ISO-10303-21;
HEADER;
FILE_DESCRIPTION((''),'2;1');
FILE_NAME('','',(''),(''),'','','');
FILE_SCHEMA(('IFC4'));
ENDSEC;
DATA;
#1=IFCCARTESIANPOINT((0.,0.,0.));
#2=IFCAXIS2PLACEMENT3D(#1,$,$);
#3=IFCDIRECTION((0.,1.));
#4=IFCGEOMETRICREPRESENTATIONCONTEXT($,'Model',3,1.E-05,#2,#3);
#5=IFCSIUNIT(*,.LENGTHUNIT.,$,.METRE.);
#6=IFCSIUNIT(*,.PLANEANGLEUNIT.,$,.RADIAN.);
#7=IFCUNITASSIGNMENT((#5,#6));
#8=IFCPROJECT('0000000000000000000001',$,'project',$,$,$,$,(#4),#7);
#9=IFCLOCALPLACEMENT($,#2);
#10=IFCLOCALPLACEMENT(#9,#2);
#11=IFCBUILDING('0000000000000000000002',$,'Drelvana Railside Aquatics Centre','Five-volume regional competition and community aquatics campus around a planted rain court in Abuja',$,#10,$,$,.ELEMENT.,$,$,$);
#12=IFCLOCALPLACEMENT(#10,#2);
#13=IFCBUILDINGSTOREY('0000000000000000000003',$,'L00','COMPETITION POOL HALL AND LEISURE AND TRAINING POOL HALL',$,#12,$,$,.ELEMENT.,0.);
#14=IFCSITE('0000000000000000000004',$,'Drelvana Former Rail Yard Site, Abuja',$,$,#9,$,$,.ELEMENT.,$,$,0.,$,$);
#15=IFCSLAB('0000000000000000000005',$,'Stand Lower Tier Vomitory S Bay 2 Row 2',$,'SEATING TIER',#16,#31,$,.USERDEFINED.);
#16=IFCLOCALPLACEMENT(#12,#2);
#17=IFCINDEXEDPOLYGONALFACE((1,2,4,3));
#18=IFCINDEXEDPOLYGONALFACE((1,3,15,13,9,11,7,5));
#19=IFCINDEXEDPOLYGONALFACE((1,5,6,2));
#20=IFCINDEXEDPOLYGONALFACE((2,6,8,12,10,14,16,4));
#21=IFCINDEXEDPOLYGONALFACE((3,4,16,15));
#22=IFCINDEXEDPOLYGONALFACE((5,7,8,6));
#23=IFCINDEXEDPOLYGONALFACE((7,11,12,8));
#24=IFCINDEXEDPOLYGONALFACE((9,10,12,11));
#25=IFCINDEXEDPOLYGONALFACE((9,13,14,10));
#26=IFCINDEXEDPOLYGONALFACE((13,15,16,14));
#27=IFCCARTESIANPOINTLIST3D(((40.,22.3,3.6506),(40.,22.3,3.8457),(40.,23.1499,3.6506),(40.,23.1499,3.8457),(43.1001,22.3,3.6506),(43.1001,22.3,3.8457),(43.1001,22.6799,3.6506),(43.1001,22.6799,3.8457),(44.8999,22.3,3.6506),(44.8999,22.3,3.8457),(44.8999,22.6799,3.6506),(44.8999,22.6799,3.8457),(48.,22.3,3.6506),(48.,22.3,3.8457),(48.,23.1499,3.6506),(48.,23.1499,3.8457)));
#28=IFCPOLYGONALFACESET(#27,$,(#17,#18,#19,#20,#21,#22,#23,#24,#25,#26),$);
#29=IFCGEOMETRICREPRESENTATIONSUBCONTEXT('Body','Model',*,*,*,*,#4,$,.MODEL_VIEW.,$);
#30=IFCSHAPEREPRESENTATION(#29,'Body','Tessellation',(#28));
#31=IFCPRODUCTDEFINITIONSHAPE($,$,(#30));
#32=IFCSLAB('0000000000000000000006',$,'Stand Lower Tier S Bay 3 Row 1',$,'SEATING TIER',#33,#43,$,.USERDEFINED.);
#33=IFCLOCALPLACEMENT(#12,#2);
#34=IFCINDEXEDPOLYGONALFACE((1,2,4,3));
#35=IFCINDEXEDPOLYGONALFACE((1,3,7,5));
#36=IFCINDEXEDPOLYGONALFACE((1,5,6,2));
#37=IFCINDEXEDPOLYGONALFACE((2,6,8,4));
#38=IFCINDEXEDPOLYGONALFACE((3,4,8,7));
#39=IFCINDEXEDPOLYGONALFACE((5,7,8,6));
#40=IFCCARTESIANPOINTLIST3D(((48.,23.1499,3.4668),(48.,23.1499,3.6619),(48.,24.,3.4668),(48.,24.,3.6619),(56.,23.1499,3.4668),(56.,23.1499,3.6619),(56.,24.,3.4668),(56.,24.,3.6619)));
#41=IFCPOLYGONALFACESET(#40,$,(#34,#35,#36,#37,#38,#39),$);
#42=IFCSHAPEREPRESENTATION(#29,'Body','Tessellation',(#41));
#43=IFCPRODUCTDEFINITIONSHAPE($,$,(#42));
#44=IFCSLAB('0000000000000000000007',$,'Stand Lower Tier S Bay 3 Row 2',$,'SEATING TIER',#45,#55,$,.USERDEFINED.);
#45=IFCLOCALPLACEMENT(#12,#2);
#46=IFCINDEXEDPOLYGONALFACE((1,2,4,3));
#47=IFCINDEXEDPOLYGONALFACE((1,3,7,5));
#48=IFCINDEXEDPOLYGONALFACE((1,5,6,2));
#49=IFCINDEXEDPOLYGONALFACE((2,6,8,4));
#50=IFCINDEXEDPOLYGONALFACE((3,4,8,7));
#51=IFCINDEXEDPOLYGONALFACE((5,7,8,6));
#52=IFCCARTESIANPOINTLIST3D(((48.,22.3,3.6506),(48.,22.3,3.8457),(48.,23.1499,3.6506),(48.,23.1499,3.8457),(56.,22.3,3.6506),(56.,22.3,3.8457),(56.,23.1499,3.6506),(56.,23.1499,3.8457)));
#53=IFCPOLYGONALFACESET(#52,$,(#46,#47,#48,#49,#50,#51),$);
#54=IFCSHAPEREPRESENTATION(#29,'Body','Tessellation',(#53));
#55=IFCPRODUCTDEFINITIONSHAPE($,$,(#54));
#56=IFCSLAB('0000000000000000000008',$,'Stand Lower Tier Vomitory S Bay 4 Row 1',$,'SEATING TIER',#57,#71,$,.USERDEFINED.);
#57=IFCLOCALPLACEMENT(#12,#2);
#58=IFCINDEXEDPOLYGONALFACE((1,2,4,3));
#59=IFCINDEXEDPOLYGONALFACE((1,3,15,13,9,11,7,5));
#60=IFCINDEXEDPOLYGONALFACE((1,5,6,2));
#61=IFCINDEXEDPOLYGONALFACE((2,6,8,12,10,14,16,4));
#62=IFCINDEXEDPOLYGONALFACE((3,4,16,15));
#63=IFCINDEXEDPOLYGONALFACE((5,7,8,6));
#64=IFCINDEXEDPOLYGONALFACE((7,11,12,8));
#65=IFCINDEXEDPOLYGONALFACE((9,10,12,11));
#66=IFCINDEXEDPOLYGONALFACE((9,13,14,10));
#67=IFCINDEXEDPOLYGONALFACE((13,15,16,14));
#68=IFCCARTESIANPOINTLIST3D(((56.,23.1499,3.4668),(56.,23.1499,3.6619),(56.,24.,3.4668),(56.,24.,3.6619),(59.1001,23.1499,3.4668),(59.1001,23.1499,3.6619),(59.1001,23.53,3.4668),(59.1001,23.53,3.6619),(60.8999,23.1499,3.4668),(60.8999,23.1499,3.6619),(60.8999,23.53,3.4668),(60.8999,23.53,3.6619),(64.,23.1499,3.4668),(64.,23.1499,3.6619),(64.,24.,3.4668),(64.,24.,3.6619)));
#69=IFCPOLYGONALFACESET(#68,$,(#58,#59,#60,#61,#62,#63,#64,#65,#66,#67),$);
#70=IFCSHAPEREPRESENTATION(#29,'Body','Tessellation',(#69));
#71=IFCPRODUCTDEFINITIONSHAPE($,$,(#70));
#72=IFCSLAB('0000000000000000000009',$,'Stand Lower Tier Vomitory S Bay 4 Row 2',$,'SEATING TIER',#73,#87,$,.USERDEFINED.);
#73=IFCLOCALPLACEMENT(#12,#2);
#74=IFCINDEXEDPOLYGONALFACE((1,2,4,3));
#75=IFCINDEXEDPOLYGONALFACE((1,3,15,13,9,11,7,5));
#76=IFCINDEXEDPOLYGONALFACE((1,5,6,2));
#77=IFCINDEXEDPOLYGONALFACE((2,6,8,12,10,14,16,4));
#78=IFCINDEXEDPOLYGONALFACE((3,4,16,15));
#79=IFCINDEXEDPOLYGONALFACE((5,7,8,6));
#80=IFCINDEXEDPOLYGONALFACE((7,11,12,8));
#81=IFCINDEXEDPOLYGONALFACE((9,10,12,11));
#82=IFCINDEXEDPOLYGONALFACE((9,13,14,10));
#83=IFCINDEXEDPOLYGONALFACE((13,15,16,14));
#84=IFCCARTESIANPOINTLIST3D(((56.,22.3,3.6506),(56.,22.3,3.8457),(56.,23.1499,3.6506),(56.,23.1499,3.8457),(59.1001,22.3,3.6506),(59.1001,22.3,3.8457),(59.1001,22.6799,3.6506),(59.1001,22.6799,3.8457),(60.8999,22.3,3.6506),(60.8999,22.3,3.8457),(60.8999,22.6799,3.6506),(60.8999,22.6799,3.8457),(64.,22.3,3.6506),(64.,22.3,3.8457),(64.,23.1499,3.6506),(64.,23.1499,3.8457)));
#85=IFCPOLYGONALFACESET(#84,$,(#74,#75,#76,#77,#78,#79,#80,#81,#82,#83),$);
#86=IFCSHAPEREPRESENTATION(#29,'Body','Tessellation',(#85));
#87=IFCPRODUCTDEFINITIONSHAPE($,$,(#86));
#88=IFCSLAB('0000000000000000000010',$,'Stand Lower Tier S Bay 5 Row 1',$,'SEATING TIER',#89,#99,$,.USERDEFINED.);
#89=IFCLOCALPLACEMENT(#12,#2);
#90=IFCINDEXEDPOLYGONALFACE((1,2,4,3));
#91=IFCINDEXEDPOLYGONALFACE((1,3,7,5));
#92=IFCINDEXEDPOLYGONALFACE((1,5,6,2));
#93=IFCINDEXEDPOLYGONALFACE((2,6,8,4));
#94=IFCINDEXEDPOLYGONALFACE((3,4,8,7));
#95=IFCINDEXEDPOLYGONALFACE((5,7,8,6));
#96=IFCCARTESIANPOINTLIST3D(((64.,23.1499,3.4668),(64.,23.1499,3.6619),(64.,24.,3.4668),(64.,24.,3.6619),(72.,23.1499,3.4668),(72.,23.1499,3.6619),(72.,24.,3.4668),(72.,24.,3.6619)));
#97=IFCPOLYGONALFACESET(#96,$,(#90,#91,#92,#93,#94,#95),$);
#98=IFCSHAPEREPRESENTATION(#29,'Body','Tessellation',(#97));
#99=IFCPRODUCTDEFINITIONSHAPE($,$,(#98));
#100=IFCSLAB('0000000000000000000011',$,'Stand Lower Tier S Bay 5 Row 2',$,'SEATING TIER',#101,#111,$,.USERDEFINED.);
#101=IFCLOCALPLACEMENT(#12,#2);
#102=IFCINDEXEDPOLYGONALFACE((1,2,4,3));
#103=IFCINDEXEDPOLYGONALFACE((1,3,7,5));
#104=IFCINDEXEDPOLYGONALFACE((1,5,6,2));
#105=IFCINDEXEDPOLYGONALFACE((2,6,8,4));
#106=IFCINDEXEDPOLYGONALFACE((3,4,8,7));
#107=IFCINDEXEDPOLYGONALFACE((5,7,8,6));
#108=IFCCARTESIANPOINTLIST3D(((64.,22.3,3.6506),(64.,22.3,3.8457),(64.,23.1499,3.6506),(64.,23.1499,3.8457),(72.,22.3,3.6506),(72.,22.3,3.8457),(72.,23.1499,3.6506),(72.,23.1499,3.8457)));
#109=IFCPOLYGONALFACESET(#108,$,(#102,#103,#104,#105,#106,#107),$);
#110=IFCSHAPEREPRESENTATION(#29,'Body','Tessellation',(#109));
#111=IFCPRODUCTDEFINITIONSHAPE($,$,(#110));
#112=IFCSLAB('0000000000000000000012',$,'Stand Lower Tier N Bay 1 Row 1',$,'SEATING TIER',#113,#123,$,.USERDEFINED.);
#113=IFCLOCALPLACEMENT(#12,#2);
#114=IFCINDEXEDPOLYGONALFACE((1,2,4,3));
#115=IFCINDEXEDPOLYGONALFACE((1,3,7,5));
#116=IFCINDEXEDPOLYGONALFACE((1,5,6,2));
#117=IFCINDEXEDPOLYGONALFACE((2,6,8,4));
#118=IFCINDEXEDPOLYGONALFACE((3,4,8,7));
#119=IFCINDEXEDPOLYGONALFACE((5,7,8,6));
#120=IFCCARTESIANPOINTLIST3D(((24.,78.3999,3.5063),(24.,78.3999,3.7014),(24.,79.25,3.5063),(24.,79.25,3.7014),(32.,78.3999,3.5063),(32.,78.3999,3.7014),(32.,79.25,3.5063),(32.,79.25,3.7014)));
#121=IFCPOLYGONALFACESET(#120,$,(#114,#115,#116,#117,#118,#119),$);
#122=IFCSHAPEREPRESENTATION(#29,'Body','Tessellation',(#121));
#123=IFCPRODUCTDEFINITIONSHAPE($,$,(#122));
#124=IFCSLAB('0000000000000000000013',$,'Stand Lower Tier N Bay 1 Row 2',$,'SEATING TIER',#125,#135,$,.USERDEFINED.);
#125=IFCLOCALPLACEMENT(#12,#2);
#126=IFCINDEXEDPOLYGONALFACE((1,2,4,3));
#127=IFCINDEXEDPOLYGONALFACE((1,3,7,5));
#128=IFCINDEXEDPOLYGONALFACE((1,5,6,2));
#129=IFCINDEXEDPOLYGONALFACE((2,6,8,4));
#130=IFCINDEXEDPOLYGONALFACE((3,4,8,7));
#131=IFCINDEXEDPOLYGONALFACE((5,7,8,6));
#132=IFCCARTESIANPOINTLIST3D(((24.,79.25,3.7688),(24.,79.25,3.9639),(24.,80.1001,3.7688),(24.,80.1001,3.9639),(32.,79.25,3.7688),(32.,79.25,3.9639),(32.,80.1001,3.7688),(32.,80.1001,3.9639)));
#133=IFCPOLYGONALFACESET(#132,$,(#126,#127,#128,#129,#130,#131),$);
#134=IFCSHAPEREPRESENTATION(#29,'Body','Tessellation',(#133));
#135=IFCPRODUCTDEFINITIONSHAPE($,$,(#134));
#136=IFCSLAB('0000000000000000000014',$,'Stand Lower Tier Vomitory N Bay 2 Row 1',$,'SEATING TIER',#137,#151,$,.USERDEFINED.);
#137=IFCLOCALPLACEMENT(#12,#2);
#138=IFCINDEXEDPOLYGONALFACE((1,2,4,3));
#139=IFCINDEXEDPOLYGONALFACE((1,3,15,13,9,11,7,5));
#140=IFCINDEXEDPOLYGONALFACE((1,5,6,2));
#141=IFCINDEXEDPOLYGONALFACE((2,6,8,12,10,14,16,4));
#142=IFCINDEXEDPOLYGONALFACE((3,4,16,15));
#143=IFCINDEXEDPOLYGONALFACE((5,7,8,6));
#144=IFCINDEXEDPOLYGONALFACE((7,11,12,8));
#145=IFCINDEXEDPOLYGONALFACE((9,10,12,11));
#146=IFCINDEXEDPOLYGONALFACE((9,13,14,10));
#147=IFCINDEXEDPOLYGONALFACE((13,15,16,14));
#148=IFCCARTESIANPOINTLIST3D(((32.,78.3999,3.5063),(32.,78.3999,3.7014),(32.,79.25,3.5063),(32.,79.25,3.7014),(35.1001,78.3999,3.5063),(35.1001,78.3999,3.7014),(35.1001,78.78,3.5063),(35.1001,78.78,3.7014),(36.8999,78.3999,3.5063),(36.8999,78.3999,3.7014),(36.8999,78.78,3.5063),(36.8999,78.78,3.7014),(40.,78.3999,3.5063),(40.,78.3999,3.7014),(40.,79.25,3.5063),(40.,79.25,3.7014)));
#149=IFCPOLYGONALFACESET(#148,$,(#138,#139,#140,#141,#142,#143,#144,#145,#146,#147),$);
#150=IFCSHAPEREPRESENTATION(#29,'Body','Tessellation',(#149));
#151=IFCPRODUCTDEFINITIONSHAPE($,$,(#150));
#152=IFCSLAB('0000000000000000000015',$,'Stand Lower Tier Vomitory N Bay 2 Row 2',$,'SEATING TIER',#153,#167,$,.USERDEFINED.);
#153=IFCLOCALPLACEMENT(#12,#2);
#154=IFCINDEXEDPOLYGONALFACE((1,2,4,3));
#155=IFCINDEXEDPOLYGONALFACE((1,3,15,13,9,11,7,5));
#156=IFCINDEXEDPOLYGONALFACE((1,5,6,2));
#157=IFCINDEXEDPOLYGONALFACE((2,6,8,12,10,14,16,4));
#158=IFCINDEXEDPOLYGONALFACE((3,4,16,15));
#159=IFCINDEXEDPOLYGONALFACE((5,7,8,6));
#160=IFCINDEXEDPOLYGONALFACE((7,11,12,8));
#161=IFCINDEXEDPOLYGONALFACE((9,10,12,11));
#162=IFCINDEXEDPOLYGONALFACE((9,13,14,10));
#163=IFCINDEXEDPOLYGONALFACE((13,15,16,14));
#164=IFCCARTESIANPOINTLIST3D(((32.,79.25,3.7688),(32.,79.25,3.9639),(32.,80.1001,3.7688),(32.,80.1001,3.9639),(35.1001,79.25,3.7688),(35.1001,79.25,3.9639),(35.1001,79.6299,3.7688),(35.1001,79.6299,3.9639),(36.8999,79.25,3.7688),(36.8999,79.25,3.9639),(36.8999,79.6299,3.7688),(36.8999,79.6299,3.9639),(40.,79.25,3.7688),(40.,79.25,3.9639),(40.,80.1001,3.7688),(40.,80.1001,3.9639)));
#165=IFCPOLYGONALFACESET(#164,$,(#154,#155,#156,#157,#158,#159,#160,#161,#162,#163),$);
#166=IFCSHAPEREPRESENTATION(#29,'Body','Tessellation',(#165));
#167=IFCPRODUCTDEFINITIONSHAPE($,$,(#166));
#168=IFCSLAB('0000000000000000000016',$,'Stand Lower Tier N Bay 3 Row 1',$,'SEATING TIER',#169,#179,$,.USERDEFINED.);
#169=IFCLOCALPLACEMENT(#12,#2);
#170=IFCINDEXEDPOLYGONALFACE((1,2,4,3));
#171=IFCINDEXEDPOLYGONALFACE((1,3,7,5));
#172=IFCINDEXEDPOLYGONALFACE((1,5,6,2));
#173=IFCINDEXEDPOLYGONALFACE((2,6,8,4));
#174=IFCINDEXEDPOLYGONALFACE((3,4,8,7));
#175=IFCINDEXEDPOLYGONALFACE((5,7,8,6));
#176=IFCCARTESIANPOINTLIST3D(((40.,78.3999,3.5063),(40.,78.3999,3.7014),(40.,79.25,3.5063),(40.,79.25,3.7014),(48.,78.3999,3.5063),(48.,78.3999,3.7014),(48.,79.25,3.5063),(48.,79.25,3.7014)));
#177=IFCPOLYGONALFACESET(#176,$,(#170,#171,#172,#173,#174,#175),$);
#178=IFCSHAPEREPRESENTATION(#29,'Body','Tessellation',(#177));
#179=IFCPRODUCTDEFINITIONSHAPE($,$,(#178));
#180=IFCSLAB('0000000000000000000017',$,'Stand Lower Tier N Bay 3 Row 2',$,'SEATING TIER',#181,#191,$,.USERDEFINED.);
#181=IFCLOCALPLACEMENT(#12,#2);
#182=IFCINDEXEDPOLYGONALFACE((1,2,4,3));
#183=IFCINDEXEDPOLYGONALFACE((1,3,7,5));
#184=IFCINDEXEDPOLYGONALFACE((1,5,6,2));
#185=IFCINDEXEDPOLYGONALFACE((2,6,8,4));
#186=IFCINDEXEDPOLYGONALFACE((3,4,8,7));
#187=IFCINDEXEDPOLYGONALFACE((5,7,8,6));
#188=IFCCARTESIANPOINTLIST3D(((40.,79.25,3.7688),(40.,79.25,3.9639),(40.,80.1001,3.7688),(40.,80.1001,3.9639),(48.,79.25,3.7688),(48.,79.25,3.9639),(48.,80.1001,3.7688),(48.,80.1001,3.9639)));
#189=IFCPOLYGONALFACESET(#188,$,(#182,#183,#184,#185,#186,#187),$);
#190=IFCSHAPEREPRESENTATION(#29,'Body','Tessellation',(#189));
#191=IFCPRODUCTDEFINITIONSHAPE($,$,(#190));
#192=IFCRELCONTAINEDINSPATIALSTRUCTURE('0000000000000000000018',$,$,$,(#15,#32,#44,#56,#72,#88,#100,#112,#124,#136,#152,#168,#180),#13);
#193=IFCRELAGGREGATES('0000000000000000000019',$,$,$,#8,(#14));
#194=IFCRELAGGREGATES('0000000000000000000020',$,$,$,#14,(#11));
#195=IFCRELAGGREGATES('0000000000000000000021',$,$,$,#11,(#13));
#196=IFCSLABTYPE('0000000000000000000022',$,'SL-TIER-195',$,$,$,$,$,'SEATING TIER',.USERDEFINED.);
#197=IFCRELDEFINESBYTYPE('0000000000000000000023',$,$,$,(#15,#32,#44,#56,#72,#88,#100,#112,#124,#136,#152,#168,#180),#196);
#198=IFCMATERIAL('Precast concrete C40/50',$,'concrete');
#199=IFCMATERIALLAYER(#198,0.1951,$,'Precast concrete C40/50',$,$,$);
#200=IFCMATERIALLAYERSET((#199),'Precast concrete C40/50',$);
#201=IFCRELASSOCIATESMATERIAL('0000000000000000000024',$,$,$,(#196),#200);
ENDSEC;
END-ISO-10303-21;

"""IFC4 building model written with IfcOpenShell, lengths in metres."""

from ifc_helpers import new_model, si_unit, direction, frame, origin, place, context, subcontext, project, spatial, polyline, outline, extrude, material, layer, layer_set, type_object, element, save


model = new_model("IFC4")

# Units and contexts
model_context = context("Model", 3, precision=1e-05, world=origin(), true_north=direction((0.0, 1.0)))
body_context = subcontext(model_context, "Body", "Model", "MODEL_VIEW")
ifc_project = project(units=[si_unit("LENGTHUNIT", "METRE"), si_unit("PLANEANGLEUNIT", "RADIAN")], contexts=[model_context])

# Site, building, storey
site_placement = place(None, origin())
site = spatial("IfcSite", under=ifc_project, at=site_placement, Name="Drelvana Former Rail Yard Site, Abuja", CompositionType="ELEMENT", RefElevation=0.0)
building_placement = place(site_placement, origin())
building = spatial("IfcBuilding", under=site, at=building_placement, Name="Drelvana Railside Aquatics Centre", Description="Five-volume regional competition and community aquatics campus around a planted rain court in Abuja", CompositionType="ELEMENT")
storey_placement = place(building_placement, origin())
storey = spatial("IfcBuildingStorey", under=building, at=storey_placement, Name="L00", Description="COMPETITION POOL HALL AND LEISURE AND TRAINING POOL HALL", CompositionType="ELEMENT", Elevation=0.0)

# Slabs
ifc_material_1 = material(Name="Precast concrete C40/50", Category="concrete")
ifc_layer_1 = layer(ifc_material_1, 0.1951, Name="Precast concrete C40/50")
ifc_layer_set_1 = layer_set([ifc_layer_1], Name="Precast concrete C40/50")
slab_type_1 = type_object("IfcSlabType", Name="SL-TIER-195", ElementType="SEATING TIER", PredefinedType="USERDEFINED", material=ifc_layer_set_1)
slab_1_placement = place(storey_placement, frame((0.0, 0.0, 3.6506)))
element("IfcSlab", 1, at=slab_1_placement, inside=storey, type_object=slab_type_1, Name="Stand Lower Tier Vomitory S Bay 2 Row 2", ObjectType="SEATING TIER", PredefinedType="USERDEFINED", context=body_context, shape_type="SweptSolid", body=[
    extrude(outline(polyline([(40.0, 22.3), (43.1001, 22.3), (43.1001, 22.6799), (44.8999, 22.6799), (44.8999, 22.3), (48.0, 22.3), (48.0, 23.1499), (40.0, 23.1499), (40.0, 22.3)])), origin(), (0.0, 0.0, 1.0), 0.1951),
])
slab_2_placement = place(storey_placement, frame((0.0, 0.0, 3.4668)))
element("IfcSlab", 2, at=slab_2_placement, inside=storey, type_object=slab_type_1, Name="Stand Lower Tier S Bay 3 Row 1", ObjectType="SEATING TIER", PredefinedType="USERDEFINED", context=body_context, shape_type="SweptSolid", body=[
    extrude(outline(polyline([(48.0, 23.1499), (56.0, 23.1499), (56.0, 24.0), (48.0, 24.0), (48.0, 23.1499)])), origin(), (0.0, 0.0, 1.0), 0.1951),
])
slab_3_placement = place(storey_placement, frame((0.0, 0.0, 3.6506)))
element("IfcSlab", 3, at=slab_3_placement, inside=storey, type_object=slab_type_1, Name="Stand Lower Tier S Bay 3 Row 2", ObjectType="SEATING TIER", PredefinedType="USERDEFINED", context=body_context, shape_type="SweptSolid", body=[
    extrude(outline(polyline([(48.0, 22.3), (56.0, 22.3), (56.0, 23.1499), (48.0, 23.1499), (48.0, 22.3)])), origin(), (0.0, 0.0, 1.0), 0.1951),
])
slab_4_placement = place(storey_placement, frame((0.0, 0.0, 3.4668)))
element("IfcSlab", 4, at=slab_4_placement, inside=storey, type_object=slab_type_1, Name="Stand Lower Tier Vomitory S Bay 4 Row 1", ObjectType="SEATING TIER", PredefinedType="USERDEFINED", context=body_context, shape_type="SweptSolid", body=[
    extrude(outline(polyline([(56.0, 23.1499), (59.1001, 23.1499), (59.1001, 23.53), (60.8999, 23.53), (60.8999, 23.1499), (64.0, 23.1499), (64.0, 24.0), (56.0, 24.0), (56.0, 23.1499)])), origin(), (0.0, 0.0, 1.0), 0.1951),
])
slab_5_placement = place(storey_placement, frame((0.0, 0.0, 3.6506)))
element("IfcSlab", 5, at=slab_5_placement, inside=storey, type_object=slab_type_1, Name="Stand Lower Tier Vomitory S Bay 4 Row 2", ObjectType="SEATING TIER", PredefinedType="USERDEFINED", context=body_context, shape_type="SweptSolid", body=[
    extrude(outline(polyline([(56.0, 22.3), (59.1001, 22.3), (59.1001, 22.6799), (60.8999, 22.6799), (60.8999, 22.3), (64.0, 22.3), (64.0, 23.1499), (56.0, 23.1499), (56.0, 22.3)])), origin(), (0.0, 0.0, 1.0), 0.1951),
])
slab_6_placement = place(storey_placement, frame((0.0, 0.0, 3.4668)))
element("IfcSlab", 6, at=slab_6_placement, inside=storey, type_object=slab_type_1, Name="Stand Lower Tier S Bay 5 Row 1", ObjectType="SEATING TIER", PredefinedType="USERDEFINED", context=body_context, shape_type="SweptSolid", body=[
    extrude(outline(polyline([(64.0, 23.1499), (72.0, 23.1499), (72.0, 24.0), (64.0, 24.0), (64.0, 23.1499)])), origin(), (0.0, 0.0, 1.0), 0.1951),
])
slab_7_placement = place(storey_placement, frame((0.0, 0.0, 3.6506)))
element("IfcSlab", 7, at=slab_7_placement, inside=storey, type_object=slab_type_1, Name="Stand Lower Tier S Bay 5 Row 2", ObjectType="SEATING TIER", PredefinedType="USERDEFINED", context=body_context, shape_type="SweptSolid", body=[
    extrude(outline(polyline([(64.0, 22.3), (72.0, 22.3), (72.0, 23.1499), (64.0, 23.1499), (64.0, 22.3)])), origin(), (0.0, 0.0, 1.0), 0.1951),
])
slab_8_placement = place(storey_placement, frame((0.0, 0.0, 3.5063)))
element("IfcSlab", 8, at=slab_8_placement, inside=storey, type_object=slab_type_1, Name="Stand Lower Tier N Bay 1 Row 1", ObjectType="SEATING TIER", PredefinedType="USERDEFINED", context=body_context, shape_type="SweptSolid", body=[
    extrude(outline(polyline([(24.0, 78.3999), (32.0, 78.3999), (32.0, 79.25), (24.0, 79.25), (24.0, 78.3999)])), origin(), (0.0, 0.0, 1.0), 0.1951),
])
slab_9_placement = place(storey_placement, frame((0.0, 0.0, 3.7688)))
element("IfcSlab", 9, at=slab_9_placement, inside=storey, type_object=slab_type_1, Name="Stand Lower Tier N Bay 1 Row 2", ObjectType="SEATING TIER", PredefinedType="USERDEFINED", context=body_context, shape_type="SweptSolid", body=[
    extrude(outline(polyline([(24.0, 79.25), (32.0, 79.25), (32.0, 80.1001), (24.0, 80.1001), (24.0, 79.25)])), origin(), (0.0, 0.0, 1.0), 0.1951),
])
slab_10_placement = place(storey_placement, frame((0.0, 0.0, 3.5063)))
element("IfcSlab", 10, at=slab_10_placement, inside=storey, type_object=slab_type_1, Name="Stand Lower Tier Vomitory N Bay 2 Row 1", ObjectType="SEATING TIER", PredefinedType="USERDEFINED", context=body_context, shape_type="SweptSolid", body=[
    extrude(outline(polyline([(32.0, 78.3999), (35.1001, 78.3999), (35.1001, 78.78), (36.8999, 78.78), (36.8999, 78.3999), (40.0, 78.3999), (40.0, 79.25), (32.0, 79.25), (32.0, 78.3999)])), origin(), (0.0, 0.0, 1.0), 0.1951),
])
slab_11_placement = place(storey_placement, frame((0.0, 0.0, 3.7688)))
element("IfcSlab", 11, at=slab_11_placement, inside=storey, type_object=slab_type_1, Name="Stand Lower Tier Vomitory N Bay 2 Row 2", ObjectType="SEATING TIER", PredefinedType="USERDEFINED", context=body_context, shape_type="SweptSolid", body=[
    extrude(outline(polyline([(32.0, 79.25), (35.1001, 79.25), (35.1001, 79.6299), (36.8999, 79.6299), (36.8999, 79.25), (40.0, 79.25), (40.0, 80.1001), (32.0, 80.1001), (32.0, 79.25)])), origin(), (0.0, 0.0, 1.0), 0.1951),
])
slab_12_placement = place(storey_placement, frame((0.0, 0.0, 3.5063)))
element("IfcSlab", 12, at=slab_12_placement, inside=storey, type_object=slab_type_1, Name="Stand Lower Tier N Bay 3 Row 1", ObjectType="SEATING TIER", PredefinedType="USERDEFINED", context=body_context, shape_type="SweptSolid", body=[
    extrude(outline(polyline([(40.0, 78.3999), (48.0, 78.3999), (48.0, 79.25), (40.0, 79.25), (40.0, 78.3999)])), origin(), (0.0, 0.0, 1.0), 0.1951),
])
slab_13_placement = place(storey_placement, frame((0.0, 0.0, 3.7688)))
element("IfcSlab", 13, at=slab_13_placement, inside=storey, type_object=slab_type_1, Name="Stand Lower Tier N Bay 3 Row 2", ObjectType="SEATING TIER", PredefinedType="USERDEFINED", context=body_context, shape_type="SweptSolid", body=[
    extrude(outline(polyline([(40.0, 79.25), (48.0, 79.25), (48.0, 80.1001), (40.0, 80.1001), (40.0, 79.25)])), origin(), (0.0, 0.0, 1.0), 0.1951),
])

save(model, "model.ifc")
